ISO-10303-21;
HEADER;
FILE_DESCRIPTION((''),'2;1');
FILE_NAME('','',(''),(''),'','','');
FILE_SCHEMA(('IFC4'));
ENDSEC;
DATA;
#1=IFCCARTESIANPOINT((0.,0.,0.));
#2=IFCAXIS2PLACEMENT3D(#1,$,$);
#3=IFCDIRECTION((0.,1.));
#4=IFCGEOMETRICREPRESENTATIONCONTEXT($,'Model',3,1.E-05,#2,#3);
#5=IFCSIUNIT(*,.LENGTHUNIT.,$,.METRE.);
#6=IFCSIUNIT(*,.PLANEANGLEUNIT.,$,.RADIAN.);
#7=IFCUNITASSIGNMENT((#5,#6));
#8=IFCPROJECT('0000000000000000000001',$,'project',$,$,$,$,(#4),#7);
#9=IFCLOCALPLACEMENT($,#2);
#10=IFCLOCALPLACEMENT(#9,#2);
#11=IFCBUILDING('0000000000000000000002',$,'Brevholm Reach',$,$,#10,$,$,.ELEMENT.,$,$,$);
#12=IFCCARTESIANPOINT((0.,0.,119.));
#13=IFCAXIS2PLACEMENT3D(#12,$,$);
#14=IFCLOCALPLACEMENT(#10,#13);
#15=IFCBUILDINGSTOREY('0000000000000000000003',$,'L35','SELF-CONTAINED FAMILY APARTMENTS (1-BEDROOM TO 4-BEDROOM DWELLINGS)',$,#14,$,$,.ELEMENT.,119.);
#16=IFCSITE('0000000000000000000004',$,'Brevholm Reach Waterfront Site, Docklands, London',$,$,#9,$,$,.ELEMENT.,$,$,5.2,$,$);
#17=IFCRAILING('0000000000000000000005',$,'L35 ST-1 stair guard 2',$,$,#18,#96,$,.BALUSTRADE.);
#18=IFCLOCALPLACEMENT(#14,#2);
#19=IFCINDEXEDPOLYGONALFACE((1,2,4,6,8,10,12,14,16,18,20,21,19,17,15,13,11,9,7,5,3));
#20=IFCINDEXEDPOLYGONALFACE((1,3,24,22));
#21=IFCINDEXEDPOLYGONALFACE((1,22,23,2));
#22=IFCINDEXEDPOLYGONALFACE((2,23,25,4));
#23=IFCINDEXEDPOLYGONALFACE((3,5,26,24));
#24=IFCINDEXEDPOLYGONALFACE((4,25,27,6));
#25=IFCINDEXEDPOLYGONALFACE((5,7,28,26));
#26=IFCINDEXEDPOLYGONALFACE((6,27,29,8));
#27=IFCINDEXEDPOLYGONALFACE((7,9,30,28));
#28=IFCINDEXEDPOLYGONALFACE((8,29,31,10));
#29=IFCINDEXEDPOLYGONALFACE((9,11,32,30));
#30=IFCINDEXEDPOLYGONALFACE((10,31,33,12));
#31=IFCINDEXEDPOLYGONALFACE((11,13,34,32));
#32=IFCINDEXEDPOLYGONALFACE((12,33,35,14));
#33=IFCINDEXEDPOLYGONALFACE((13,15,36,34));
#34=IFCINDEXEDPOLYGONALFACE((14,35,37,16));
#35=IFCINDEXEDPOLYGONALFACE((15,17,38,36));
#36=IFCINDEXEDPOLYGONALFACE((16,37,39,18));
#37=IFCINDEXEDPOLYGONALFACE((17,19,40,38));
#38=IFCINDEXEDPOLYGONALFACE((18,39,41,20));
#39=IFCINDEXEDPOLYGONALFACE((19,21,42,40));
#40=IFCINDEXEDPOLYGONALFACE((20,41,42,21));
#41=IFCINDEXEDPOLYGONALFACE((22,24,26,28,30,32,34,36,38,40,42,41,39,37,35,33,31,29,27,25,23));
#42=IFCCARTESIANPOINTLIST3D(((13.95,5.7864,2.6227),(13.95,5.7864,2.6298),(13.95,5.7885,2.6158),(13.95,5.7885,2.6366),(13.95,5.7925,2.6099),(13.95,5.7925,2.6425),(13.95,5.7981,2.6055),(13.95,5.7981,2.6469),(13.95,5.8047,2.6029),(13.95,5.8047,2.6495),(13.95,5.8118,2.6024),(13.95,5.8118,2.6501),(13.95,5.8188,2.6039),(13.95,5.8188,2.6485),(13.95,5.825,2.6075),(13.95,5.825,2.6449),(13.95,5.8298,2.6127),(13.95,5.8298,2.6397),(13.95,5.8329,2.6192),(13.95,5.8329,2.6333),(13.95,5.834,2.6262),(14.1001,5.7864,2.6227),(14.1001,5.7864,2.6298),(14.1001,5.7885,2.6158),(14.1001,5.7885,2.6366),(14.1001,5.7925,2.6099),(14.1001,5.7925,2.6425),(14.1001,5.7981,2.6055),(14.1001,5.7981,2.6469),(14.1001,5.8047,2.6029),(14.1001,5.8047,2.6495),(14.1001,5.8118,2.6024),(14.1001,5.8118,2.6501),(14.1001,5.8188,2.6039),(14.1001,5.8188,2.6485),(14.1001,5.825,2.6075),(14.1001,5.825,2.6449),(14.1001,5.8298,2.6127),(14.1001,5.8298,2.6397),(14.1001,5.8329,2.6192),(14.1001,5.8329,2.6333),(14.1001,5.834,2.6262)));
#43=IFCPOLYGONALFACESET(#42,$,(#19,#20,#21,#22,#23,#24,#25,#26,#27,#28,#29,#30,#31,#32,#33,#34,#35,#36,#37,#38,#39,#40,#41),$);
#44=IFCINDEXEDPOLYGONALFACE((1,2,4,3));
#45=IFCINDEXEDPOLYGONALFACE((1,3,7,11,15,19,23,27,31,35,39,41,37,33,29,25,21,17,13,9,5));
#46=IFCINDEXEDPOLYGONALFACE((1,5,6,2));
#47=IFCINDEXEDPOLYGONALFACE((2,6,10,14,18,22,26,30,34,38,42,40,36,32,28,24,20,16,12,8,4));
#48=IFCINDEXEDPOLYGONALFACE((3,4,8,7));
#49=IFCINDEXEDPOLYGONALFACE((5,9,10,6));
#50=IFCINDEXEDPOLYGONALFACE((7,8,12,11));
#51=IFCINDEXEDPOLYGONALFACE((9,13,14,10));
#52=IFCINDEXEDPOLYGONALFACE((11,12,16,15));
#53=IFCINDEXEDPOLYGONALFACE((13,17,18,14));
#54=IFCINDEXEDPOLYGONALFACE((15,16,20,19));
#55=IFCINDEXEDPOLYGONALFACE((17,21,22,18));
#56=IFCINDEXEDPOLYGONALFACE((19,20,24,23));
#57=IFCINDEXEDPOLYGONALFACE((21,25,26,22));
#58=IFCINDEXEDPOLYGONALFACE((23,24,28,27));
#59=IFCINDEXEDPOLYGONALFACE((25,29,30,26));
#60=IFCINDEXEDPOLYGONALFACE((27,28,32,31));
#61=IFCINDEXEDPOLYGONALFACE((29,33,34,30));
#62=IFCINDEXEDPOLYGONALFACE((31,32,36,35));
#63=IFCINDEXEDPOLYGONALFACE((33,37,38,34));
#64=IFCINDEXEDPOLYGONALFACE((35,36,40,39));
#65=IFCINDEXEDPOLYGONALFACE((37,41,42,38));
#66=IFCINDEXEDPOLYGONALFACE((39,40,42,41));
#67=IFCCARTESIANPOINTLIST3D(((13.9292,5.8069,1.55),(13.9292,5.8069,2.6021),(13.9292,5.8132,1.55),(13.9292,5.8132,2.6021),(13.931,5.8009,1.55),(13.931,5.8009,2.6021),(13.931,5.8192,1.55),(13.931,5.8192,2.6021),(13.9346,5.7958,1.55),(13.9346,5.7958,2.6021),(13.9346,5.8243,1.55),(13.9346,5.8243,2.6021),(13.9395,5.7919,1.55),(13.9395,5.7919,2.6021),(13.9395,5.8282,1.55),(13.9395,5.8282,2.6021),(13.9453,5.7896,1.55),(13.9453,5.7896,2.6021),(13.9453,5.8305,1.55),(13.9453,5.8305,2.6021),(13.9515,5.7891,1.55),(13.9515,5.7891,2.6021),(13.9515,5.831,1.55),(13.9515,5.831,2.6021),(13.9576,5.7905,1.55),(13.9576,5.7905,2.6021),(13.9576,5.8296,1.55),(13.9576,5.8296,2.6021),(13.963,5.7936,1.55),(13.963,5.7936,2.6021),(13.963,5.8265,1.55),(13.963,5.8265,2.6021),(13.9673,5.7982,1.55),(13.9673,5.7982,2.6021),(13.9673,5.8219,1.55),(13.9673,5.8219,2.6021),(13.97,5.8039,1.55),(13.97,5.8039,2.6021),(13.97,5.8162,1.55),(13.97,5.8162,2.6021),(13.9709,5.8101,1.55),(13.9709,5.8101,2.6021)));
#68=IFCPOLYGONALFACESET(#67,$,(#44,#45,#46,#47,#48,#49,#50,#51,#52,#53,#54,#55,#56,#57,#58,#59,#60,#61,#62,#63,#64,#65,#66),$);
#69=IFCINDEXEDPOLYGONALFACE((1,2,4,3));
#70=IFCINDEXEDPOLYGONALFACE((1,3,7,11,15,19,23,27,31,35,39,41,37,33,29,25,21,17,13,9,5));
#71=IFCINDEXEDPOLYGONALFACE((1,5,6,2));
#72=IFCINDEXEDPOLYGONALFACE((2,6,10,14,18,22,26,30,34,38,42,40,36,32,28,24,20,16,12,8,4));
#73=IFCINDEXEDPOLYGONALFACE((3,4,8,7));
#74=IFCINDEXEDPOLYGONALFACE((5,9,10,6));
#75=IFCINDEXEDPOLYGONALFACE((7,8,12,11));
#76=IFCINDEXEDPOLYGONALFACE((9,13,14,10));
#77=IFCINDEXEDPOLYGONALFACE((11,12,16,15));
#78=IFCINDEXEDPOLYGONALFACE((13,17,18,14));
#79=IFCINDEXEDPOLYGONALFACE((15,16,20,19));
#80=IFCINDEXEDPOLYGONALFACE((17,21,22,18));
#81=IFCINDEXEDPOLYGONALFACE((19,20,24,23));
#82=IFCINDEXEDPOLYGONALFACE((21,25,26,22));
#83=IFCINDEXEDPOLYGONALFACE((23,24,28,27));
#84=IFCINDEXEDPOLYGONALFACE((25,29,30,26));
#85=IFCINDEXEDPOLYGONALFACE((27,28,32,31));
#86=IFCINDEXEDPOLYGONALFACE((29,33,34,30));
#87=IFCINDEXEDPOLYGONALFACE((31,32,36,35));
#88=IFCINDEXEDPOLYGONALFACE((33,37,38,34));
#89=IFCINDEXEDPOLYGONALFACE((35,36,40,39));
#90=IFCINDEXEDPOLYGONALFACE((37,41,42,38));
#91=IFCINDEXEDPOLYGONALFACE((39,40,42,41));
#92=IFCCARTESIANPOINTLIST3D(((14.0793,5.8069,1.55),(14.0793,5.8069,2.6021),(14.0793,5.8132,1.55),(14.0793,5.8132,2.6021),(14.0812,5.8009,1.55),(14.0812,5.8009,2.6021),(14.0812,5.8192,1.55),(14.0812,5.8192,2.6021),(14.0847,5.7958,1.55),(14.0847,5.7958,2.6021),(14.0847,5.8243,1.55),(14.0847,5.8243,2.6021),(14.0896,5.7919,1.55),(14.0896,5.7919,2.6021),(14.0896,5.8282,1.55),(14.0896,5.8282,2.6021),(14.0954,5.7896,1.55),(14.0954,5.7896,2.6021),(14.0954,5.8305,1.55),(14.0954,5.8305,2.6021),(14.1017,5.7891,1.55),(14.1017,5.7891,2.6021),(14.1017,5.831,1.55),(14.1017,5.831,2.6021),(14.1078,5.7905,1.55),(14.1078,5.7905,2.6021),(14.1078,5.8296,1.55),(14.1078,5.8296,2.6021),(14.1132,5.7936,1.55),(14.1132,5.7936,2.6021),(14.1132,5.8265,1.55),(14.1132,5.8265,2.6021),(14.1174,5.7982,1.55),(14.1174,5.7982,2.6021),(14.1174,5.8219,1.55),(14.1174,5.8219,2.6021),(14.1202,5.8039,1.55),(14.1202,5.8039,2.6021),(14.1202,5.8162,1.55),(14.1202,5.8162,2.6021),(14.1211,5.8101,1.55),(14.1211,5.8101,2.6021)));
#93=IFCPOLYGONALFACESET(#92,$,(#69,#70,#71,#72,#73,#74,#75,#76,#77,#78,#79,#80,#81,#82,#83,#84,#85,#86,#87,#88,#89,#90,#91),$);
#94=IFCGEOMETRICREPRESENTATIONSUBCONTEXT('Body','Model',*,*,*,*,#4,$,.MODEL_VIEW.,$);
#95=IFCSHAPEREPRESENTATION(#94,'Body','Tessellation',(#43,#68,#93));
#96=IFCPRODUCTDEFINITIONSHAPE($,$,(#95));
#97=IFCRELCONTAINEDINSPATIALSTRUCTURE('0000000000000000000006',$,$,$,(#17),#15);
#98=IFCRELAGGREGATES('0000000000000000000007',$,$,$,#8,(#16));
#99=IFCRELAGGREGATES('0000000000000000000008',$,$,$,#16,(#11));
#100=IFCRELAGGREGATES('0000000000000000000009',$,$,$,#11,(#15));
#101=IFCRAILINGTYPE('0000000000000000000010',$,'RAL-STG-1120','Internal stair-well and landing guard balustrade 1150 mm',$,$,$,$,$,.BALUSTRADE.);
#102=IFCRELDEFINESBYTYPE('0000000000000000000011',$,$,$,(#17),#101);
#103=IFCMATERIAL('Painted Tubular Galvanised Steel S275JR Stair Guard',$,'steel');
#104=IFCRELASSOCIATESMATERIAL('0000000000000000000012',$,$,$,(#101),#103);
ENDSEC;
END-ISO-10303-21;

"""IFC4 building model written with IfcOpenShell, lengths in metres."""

from ifc_helpers import new_model, si_unit, direction, frame, origin, origin_2d, place, context, subcontext, project, spatial, circle, extrude, material, type_object, element, save


model = new_model("IFC4")

# Units and contexts
model_context = context("Model", 3, precision=1e-05, world=origin(), true_north=direction((0.0, 1.0)))
body_context = subcontext(model_context, "Body", "Model", "MODEL_VIEW")
ifc_project = project(units=[si_unit("LENGTHUNIT", "METRE"), si_unit("PLANEANGLEUNIT", "RADIAN")], contexts=[model_context])

# Site, building, storey
site_placement = place(None, origin())
site = spatial("IfcSite", under=ifc_project, at=site_placement, Name="Brevholm Reach Waterfront Site, Docklands, London", CompositionType="ELEMENT", RefElevation=5.2)
building_placement = place(site_placement, origin())
building = spatial("IfcBuilding", under=site, at=building_placement, Name="Brevholm Reach", CompositionType="ELEMENT")
storey_placement = place(building_placement, frame((0.0, 0.0, 119.0)))
storey = spatial("IfcBuildingStorey", under=building, at=storey_placement, Name="L35", Description="SELF-CONTAINED FAMILY APARTMENTS (1-BEDROOM TO 4-BEDROOM DWELLINGS)", CompositionType="ELEMENT", Elevation=119.0)

# Railing
ifc_material_1 = material(Name="Painted Tubular Galvanised Steel S275JR Stair Guard", Category="steel")
railing_type_1 = type_object("IfcRailingType", Name="RAL-STG-1120", Description="Internal stair-well and landing guard balustrade 1150 mm", PredefinedType="BALUSTRADE", material=ifc_material_1)
railing_1_placement = place(storey_placement, frame((13.95, 5.8101, 1.55)))
element("IfcRailing", 1, at=railing_1_placement, inside=storey, type_object=railing_type_1, Name="L35 ST-1 stair guard 2", PredefinedType="BALUSTRADE", context=body_context, shape_type="SweptSolid", body=[
    extrude(circle(Radius=0.0239, at=origin_2d()), frame((0.0, 0.0, 1.0762), z_axis=(1.0, 0.0, 0.0), x_axis=(0.0, 1.0, 0.0)), (0.0, 0.0, 1.0), 0.1501),
    extrude(circle(Radius=0.021, at=origin_2d()), origin(), (0.0, 0.0, 1.0), 1.052),
    extrude(circle(Radius=0.021, at=origin_2d()), frame((0.1501, 0.0, 0.0)), (0.0, 0.0, 1.0), 1.052),
])

save(model, "model.ifc")
